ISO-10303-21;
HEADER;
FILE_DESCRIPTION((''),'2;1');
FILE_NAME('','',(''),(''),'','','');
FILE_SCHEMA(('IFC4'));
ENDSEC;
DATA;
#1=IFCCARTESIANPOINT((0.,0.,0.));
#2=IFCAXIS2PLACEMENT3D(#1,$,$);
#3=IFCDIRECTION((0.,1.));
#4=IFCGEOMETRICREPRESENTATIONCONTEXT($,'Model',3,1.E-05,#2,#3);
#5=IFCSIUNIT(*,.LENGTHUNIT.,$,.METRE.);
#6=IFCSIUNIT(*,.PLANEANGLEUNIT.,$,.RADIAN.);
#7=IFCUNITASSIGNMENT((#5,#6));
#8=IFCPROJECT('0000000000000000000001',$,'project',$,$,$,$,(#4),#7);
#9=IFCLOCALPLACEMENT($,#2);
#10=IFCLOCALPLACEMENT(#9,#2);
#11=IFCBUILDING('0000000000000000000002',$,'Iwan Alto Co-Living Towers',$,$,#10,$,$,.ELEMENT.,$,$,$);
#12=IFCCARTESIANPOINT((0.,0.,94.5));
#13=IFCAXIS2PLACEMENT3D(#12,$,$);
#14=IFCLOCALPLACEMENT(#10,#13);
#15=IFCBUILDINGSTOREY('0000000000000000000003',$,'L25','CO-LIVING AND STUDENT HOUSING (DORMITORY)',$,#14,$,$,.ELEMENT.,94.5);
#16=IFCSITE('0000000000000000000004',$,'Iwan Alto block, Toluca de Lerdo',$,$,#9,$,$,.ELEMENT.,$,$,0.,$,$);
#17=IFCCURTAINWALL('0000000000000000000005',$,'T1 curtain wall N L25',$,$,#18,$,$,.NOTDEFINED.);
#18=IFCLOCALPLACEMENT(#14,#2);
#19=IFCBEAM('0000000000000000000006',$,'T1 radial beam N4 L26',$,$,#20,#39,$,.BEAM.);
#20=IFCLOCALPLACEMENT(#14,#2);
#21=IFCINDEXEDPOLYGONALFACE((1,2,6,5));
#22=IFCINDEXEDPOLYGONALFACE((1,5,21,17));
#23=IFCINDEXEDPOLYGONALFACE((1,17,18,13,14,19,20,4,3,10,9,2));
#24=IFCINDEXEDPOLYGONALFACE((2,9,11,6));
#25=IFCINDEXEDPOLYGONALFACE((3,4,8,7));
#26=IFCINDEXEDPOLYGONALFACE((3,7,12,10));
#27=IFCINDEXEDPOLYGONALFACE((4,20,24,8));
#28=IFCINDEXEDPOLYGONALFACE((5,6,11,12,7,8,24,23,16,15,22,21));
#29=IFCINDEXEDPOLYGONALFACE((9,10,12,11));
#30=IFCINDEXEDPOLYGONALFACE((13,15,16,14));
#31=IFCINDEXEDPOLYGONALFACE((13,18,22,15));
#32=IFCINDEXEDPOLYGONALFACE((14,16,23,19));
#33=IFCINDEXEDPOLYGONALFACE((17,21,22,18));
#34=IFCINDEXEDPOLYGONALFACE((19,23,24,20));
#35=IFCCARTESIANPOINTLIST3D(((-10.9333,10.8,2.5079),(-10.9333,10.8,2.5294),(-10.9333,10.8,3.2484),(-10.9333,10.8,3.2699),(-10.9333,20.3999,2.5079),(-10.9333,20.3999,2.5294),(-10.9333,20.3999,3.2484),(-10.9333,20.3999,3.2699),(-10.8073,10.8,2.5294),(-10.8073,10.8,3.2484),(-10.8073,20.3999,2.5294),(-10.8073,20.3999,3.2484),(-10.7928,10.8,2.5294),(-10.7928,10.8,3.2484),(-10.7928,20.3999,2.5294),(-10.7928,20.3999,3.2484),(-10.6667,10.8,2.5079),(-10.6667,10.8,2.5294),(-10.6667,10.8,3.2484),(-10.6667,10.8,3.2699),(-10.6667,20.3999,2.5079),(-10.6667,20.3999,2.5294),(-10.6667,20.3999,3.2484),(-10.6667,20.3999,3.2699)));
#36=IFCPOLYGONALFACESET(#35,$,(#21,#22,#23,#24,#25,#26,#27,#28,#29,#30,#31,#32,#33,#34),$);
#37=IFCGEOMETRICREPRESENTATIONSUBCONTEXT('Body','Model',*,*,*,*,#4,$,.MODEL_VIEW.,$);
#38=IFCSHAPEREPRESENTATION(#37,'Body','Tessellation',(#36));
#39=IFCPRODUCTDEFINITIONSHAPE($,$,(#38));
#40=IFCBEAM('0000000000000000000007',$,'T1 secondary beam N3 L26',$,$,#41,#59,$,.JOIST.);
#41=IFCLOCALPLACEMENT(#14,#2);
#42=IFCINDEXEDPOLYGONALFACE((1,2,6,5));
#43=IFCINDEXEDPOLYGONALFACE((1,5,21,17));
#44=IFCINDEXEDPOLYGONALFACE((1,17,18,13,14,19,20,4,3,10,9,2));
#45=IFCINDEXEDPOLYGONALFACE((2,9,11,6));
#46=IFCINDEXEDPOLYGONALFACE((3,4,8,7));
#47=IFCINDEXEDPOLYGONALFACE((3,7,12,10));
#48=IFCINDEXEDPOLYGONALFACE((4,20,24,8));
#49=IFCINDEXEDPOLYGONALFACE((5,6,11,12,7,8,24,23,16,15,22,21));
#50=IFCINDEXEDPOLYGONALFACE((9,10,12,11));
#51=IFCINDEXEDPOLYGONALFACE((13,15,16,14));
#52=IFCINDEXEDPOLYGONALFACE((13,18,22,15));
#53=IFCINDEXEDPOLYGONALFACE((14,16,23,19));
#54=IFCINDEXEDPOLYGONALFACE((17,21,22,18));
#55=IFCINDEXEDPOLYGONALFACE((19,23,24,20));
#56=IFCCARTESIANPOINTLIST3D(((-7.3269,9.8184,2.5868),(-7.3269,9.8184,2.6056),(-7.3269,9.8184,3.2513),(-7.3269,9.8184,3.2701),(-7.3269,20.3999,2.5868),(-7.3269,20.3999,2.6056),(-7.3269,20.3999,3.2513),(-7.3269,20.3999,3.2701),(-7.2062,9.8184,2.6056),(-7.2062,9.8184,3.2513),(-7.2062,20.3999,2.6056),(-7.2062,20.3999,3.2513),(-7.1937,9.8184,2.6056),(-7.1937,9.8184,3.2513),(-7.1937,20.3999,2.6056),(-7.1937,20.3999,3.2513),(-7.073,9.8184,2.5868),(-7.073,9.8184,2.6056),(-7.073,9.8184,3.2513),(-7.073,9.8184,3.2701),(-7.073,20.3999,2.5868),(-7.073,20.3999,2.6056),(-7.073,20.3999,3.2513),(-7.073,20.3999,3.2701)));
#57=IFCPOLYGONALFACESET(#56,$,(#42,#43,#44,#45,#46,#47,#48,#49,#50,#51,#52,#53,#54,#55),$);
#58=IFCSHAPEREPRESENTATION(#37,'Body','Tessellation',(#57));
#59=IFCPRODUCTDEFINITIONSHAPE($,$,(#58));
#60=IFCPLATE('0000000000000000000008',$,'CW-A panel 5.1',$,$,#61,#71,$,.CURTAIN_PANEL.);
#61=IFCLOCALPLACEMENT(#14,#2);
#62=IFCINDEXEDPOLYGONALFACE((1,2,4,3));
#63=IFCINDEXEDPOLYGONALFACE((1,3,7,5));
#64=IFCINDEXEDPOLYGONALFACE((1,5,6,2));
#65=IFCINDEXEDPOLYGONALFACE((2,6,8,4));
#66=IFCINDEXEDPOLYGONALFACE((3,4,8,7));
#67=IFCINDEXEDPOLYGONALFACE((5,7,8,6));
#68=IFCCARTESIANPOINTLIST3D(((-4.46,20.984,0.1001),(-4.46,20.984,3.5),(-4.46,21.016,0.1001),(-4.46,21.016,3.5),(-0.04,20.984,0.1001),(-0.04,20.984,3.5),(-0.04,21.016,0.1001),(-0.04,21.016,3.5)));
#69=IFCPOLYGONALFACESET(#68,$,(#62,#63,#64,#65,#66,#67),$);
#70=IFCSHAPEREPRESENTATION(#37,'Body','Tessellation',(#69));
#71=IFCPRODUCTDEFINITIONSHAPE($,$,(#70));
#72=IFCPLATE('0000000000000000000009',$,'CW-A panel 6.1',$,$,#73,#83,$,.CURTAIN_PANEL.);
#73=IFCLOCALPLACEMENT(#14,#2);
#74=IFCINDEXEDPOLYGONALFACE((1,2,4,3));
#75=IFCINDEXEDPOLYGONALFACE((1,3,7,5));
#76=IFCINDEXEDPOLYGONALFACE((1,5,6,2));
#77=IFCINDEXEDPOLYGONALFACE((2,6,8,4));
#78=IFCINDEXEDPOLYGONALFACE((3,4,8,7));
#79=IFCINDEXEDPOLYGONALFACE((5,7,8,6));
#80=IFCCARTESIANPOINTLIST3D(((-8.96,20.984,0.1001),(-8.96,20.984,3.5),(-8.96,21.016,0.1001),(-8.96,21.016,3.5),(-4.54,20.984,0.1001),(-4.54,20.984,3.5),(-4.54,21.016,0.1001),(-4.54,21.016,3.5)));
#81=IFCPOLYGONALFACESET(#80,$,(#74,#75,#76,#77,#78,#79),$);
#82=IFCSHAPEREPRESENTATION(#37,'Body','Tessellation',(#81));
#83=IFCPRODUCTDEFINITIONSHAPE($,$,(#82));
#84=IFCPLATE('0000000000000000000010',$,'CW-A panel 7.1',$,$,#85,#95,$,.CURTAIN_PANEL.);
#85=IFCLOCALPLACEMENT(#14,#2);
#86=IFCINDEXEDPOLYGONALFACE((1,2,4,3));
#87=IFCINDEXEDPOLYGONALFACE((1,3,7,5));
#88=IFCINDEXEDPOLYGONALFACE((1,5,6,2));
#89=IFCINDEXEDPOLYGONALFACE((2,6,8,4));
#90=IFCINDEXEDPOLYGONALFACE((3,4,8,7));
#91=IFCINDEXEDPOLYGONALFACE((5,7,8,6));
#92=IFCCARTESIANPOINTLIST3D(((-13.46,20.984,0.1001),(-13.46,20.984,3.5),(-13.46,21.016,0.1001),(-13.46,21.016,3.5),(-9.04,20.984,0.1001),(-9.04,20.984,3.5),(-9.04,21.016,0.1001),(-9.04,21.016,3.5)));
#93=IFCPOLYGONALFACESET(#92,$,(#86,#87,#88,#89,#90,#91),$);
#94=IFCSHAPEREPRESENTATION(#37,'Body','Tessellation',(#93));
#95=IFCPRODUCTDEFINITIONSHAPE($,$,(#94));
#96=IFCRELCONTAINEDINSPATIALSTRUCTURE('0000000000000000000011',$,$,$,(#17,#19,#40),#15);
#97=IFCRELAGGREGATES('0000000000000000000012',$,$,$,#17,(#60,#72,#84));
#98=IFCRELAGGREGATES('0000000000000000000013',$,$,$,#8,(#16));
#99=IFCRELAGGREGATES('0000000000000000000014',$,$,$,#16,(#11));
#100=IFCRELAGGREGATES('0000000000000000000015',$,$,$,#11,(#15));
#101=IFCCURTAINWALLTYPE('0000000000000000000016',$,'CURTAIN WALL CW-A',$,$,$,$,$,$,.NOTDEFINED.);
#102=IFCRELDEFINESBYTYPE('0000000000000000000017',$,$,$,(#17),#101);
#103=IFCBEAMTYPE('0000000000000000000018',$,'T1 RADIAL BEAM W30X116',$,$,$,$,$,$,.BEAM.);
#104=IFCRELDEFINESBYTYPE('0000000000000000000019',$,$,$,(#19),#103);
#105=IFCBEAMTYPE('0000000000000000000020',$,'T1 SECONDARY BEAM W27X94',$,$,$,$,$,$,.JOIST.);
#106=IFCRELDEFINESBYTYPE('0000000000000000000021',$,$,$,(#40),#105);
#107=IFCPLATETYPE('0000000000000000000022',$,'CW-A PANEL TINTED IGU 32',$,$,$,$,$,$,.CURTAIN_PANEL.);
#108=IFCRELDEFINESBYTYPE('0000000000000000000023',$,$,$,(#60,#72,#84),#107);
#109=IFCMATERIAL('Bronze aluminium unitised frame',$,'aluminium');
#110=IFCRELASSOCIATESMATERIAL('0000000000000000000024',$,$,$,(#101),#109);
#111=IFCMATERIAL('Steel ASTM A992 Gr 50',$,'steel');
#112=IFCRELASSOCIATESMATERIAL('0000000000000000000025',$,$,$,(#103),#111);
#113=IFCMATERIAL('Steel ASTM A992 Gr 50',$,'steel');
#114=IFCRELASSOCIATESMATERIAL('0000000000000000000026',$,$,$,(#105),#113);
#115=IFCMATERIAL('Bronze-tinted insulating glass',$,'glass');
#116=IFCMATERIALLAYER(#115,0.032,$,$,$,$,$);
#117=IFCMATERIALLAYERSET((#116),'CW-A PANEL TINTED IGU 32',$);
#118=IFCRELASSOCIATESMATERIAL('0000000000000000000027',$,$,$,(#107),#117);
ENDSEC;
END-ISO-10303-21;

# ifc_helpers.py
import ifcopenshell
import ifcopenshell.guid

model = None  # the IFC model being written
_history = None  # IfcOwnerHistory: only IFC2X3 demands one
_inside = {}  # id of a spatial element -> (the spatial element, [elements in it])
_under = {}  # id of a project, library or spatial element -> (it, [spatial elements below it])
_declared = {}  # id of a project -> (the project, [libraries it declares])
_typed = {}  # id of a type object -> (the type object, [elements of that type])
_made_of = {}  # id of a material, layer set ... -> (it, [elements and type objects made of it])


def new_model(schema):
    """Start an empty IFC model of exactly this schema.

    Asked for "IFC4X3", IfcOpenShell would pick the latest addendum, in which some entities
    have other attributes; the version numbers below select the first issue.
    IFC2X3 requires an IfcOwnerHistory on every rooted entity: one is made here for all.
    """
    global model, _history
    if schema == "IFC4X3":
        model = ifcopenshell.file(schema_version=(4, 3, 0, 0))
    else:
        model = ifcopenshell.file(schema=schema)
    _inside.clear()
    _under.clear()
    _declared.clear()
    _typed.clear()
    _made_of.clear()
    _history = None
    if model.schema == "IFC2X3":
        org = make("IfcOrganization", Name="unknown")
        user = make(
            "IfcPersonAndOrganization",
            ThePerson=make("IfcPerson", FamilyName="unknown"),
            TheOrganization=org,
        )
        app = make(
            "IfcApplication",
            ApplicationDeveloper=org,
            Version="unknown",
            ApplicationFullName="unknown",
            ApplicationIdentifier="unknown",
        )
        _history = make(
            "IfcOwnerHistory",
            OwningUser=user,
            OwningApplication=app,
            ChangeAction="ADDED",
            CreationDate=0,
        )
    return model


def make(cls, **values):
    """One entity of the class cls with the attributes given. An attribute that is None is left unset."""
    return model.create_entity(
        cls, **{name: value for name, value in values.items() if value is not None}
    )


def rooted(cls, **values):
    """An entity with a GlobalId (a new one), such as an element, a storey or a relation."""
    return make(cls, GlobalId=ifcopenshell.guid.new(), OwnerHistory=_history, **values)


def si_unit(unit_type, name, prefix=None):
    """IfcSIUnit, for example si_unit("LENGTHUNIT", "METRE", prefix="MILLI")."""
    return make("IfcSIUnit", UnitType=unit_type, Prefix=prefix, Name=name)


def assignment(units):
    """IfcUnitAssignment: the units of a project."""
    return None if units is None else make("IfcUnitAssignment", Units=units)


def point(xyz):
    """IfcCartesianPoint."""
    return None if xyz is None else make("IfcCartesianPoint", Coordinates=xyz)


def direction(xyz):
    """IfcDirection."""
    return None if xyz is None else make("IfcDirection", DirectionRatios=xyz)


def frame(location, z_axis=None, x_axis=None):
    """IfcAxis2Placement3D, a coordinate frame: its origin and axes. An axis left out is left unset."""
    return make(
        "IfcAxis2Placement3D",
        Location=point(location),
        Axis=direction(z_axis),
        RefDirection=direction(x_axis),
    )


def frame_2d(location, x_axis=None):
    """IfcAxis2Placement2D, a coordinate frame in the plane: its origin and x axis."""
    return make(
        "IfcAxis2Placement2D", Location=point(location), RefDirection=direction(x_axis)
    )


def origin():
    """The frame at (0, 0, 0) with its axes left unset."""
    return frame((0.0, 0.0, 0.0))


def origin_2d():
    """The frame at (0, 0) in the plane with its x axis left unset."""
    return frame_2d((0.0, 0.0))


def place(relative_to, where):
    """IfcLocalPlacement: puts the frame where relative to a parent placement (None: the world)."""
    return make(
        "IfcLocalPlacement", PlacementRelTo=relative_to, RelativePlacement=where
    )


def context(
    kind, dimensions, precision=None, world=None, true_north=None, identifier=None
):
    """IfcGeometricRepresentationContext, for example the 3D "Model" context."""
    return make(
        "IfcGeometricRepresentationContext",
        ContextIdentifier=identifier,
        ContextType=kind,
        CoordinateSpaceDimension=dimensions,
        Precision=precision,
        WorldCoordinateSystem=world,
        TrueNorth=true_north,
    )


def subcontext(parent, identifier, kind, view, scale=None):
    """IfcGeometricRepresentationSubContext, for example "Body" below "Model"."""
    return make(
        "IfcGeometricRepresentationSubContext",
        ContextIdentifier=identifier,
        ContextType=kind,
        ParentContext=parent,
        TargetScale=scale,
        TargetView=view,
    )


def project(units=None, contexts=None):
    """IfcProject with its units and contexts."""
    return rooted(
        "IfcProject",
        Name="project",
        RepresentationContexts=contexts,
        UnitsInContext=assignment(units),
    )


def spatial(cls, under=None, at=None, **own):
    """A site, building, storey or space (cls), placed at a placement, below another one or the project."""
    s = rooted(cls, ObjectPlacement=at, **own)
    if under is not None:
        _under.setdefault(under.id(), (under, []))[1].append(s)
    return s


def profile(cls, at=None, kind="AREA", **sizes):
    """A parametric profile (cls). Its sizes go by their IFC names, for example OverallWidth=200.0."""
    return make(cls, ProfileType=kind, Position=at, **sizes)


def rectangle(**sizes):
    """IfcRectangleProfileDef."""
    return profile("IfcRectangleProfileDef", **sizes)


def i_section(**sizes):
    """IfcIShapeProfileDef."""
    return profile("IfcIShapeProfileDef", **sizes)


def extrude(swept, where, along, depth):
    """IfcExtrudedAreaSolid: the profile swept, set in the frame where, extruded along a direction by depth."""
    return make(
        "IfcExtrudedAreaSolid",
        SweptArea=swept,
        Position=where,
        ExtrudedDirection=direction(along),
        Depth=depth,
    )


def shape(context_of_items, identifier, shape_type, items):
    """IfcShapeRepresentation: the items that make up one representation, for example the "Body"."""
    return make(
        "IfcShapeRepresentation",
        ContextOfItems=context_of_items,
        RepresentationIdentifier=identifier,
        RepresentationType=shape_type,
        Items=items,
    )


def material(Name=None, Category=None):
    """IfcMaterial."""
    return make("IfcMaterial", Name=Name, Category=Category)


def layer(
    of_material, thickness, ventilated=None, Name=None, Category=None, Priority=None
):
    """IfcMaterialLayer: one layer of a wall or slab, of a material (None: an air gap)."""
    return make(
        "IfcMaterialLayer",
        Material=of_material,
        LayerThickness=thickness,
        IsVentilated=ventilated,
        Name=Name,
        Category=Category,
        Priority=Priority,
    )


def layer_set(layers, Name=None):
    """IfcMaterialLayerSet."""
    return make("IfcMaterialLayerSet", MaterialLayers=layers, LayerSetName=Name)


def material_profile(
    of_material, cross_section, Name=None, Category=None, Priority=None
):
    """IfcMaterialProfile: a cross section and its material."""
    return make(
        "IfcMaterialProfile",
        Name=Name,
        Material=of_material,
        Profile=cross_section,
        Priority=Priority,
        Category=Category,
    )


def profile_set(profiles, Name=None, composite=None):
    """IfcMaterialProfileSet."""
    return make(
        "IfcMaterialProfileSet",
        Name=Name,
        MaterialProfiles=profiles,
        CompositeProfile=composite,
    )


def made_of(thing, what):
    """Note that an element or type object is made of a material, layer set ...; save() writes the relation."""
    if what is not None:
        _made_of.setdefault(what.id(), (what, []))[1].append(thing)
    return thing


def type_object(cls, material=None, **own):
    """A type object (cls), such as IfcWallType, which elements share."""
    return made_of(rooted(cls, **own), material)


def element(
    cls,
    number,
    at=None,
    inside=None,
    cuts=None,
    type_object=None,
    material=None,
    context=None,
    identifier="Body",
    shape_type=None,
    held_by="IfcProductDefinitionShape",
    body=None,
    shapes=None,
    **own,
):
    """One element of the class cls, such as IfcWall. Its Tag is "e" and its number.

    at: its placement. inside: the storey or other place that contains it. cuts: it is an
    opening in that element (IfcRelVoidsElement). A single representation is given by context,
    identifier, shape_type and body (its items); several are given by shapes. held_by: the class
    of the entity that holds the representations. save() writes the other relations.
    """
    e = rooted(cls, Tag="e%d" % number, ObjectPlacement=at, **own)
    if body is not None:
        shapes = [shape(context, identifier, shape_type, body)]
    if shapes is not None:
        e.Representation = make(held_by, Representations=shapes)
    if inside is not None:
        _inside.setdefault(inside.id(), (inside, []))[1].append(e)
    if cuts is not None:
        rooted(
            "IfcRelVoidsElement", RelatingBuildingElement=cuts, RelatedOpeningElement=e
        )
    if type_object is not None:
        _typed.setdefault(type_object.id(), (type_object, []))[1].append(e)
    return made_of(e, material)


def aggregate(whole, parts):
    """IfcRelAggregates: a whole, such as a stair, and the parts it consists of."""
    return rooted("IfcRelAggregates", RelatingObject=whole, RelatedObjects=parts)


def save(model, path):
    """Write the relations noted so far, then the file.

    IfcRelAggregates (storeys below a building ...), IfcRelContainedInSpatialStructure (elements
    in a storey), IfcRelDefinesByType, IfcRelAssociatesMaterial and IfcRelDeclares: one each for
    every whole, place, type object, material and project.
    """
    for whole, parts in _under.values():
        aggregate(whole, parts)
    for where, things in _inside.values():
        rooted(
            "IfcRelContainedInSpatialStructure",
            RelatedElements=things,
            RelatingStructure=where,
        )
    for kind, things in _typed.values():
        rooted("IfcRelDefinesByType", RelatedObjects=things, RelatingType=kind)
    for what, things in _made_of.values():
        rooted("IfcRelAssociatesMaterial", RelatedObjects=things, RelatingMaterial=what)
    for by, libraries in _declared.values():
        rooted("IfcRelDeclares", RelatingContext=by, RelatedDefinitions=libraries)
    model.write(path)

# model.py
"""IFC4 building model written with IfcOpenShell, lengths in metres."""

from ifc_helpers import new_model, si_unit, direction, frame, origin, origin_2d, place, context, subcontext, project, spatial, rectangle, i_section, extrude, material, layer, layer_set, material_profile, profile_set, type_object, element, aggregate, save


model = new_model("IFC4")

# Units and contexts
model_context = context("Model", 3, precision=1e-05, world=origin(), true_north=direction((0.0, 1.0)))
body_context = subcontext(model_context, "Body", "Model", "MODEL_VIEW")
ifc_project = project(units=[si_unit("LENGTHUNIT", "METRE"), si_unit("PLANEANGLEUNIT", "RADIAN")], contexts=[model_context])

# Site, building, storey
site_placement = place(None, origin())
site = spatial("IfcSite", under=ifc_project, at=site_placement, Name="Iwan Alto block, Toluca de Lerdo", CompositionType="ELEMENT", RefElevation=0.0)
building_placement = place(site_placement, origin())
building = spatial("IfcBuilding", under=site, at=building_placement, Name="Iwan Alto Co-Living Towers", CompositionType="ELEMENT")
storey_placement = place(building_placement, frame((0.0, 0.0, 94.5)))
storey = spatial("IfcBuildingStorey", under=building, at=storey_placement, Name="L25", Description="CO-LIVING AND STUDENT HOUSING (DORMITORY)", CompositionType="ELEMENT", Elevation=94.5)

# Curtain wall
ifc_material_1 = material(Name="Bronze aluminium unitised frame", Category="aluminium")
curtain_wall_type = type_object("IfcCurtainWallType", Name="CURTAIN WALL CW-A", PredefinedType="NOTDEFINED", material=ifc_material_1)
curtain_wall_placement = place(storey_placement, origin())
curtain_wall = element("IfcCurtainWall", 1, at=curtain_wall_placement, inside=storey, type_object=curtain_wall_type, Name="T1 curtain wall N L25", PredefinedType="NOTDEFINED")

# Beams
ifc_material_2 = material(Name="Steel ASTM A992 Gr 50", Category="steel")
ifc_material_profile_1 = material_profile(ifc_material_2, i_section(OverallWidth=0.2666, OverallDepth=0.762, WebThickness=0.0144, FlangeThickness=0.0215, at=origin_2d()), Name="W30X116")
ifc_profile_set_1 = profile_set([ifc_material_profile_1], Name="Steel ASTM A992 Gr 50")
beam_type_1 = type_object("IfcBeamType", Name="T1 RADIAL BEAM W30X116", PredefinedType="BEAM", material=ifc_profile_set_1)
beam_1_placement = place(storey_placement, frame((-10.8, 20.3999, 2.8889), z_axis=(0.0, -1.0, 0.0), x_axis=(1.0, 0.0, 0.0)))
element("IfcBeam", 2, at=beam_1_placement, inside=storey, type_object=beam_type_1, Name="T1 radial beam N4 L26", PredefinedType="BEAM", context=body_context, shape_type="SweptSolid", body=[
    extrude(i_section(OverallWidth=0.2666, OverallDepth=0.762, WebThickness=0.0144, FlangeThickness=0.0215, at=origin_2d()), origin(), (0.0, 0.0, 1.0), 9.5999),
])
ifc_material_3 = material(Name="Steel ASTM A992 Gr 50", Category="steel")
ifc_material_profile_2 = material_profile(ifc_material_3, i_section(OverallWidth=0.2539, OverallDepth=0.6833, WebThickness=0.0125, FlangeThickness=0.0188, at=origin_2d()), Name="W27X94")
ifc_profile_set_2 = profile_set([ifc_material_profile_2], Name="Steel ASTM A992 Gr 50")
beam_type_2 = type_object("IfcBeamType", Name="T1 SECONDARY BEAM W27X94", PredefinedType="JOIST", material=ifc_profile_set_2)
beam_2_placement = place(storey_placement, frame((-7.2, 20.3999, 2.9285), z_axis=(0.0, -1.0, 0.0), x_axis=(1.0, 0.0, 0.0)))
element("IfcBeam", 3, at=beam_2_placement, inside=storey, type_object=beam_type_2, Name="T1 secondary beam N3 L26", PredefinedType="JOIST", context=body_context, shape_type="SweptSolid", body=[
    extrude(i_section(OverallWidth=0.2539, OverallDepth=0.6833, WebThickness=0.0125, FlangeThickness=0.0188, at=origin_2d()), origin(), (0.0, 0.0, 1.0), 10.5815),
])

# Plates
ifc_material_4 = material(Name="Bronze-tinted insulating glass", Category="glass")
ifc_layer_1 = layer(ifc_material_4, 0.032)
ifc_layer_set_1 = layer_set([ifc_layer_1], Name="CW-A PANEL TINTED IGU 32")
plate_type = type_object("IfcPlateType", Name="CW-A PANEL TINTED IGU 32", PredefinedType="CURTAIN_PANEL", material=ifc_layer_set_1)
plate_1_placement = place(storey_placement, frame((-2.25, 21.0, 0.1001), z_axis=(0.0, 0.0, 1.0), x_axis=(-1.0, 0.0, 0.0)))
plate_1 = element("IfcPlate", 4, at=plate_1_placement, type_object=plate_type, Name="CW-A panel 5.1", PredefinedType="CURTAIN_PANEL", context=body_context, shape_type="SweptSolid", body=[
    extrude(rectangle(XDim=4.4199, YDim=0.032, at=origin_2d()), origin(), (0.0, 0.0, 1.0), 3.3999),
])
plate_2_placement = place(storey_placement, frame((-6.75, 21.0, 0.1001), z_axis=(0.0, 0.0, 1.0), x_axis=(-1.0, 0.0, 0.0)))
plate_2 = element("IfcPlate", 5, at=plate_2_placement, type_object=plate_type, Name="CW-A panel 6.1", PredefinedType="CURTAIN_PANEL", context=body_context, shape_type="SweptSolid", body=[
    extrude(rectangle(XDim=4.4199, YDim=0.032, at=origin_2d()), origin(), (0.0, 0.0, 1.0), 3.3999),
])
plate_3_placement = place(storey_placement, frame((-11.25, 21.0, 0.1001), z_axis=(0.0, 0.0, 1.0), x_axis=(-1.0, 0.0, 0.0)))
plate_3 = element("IfcPlate", 6, at=plate_3_placement, type_object=plate_type, Name="CW-A panel 7.1", PredefinedType="CURTAIN_PANEL", context=body_context, shape_type="SweptSolid", body=[
    extrude(rectangle(XDim=4.4199, YDim=0.032, at=origin_2d()), origin(), (0.0, 0.0, 1.0), 3.3999),
])
aggregate(curtain_wall, [plate_1, plate_2, plate_3])

save(model, "model.ifc")
